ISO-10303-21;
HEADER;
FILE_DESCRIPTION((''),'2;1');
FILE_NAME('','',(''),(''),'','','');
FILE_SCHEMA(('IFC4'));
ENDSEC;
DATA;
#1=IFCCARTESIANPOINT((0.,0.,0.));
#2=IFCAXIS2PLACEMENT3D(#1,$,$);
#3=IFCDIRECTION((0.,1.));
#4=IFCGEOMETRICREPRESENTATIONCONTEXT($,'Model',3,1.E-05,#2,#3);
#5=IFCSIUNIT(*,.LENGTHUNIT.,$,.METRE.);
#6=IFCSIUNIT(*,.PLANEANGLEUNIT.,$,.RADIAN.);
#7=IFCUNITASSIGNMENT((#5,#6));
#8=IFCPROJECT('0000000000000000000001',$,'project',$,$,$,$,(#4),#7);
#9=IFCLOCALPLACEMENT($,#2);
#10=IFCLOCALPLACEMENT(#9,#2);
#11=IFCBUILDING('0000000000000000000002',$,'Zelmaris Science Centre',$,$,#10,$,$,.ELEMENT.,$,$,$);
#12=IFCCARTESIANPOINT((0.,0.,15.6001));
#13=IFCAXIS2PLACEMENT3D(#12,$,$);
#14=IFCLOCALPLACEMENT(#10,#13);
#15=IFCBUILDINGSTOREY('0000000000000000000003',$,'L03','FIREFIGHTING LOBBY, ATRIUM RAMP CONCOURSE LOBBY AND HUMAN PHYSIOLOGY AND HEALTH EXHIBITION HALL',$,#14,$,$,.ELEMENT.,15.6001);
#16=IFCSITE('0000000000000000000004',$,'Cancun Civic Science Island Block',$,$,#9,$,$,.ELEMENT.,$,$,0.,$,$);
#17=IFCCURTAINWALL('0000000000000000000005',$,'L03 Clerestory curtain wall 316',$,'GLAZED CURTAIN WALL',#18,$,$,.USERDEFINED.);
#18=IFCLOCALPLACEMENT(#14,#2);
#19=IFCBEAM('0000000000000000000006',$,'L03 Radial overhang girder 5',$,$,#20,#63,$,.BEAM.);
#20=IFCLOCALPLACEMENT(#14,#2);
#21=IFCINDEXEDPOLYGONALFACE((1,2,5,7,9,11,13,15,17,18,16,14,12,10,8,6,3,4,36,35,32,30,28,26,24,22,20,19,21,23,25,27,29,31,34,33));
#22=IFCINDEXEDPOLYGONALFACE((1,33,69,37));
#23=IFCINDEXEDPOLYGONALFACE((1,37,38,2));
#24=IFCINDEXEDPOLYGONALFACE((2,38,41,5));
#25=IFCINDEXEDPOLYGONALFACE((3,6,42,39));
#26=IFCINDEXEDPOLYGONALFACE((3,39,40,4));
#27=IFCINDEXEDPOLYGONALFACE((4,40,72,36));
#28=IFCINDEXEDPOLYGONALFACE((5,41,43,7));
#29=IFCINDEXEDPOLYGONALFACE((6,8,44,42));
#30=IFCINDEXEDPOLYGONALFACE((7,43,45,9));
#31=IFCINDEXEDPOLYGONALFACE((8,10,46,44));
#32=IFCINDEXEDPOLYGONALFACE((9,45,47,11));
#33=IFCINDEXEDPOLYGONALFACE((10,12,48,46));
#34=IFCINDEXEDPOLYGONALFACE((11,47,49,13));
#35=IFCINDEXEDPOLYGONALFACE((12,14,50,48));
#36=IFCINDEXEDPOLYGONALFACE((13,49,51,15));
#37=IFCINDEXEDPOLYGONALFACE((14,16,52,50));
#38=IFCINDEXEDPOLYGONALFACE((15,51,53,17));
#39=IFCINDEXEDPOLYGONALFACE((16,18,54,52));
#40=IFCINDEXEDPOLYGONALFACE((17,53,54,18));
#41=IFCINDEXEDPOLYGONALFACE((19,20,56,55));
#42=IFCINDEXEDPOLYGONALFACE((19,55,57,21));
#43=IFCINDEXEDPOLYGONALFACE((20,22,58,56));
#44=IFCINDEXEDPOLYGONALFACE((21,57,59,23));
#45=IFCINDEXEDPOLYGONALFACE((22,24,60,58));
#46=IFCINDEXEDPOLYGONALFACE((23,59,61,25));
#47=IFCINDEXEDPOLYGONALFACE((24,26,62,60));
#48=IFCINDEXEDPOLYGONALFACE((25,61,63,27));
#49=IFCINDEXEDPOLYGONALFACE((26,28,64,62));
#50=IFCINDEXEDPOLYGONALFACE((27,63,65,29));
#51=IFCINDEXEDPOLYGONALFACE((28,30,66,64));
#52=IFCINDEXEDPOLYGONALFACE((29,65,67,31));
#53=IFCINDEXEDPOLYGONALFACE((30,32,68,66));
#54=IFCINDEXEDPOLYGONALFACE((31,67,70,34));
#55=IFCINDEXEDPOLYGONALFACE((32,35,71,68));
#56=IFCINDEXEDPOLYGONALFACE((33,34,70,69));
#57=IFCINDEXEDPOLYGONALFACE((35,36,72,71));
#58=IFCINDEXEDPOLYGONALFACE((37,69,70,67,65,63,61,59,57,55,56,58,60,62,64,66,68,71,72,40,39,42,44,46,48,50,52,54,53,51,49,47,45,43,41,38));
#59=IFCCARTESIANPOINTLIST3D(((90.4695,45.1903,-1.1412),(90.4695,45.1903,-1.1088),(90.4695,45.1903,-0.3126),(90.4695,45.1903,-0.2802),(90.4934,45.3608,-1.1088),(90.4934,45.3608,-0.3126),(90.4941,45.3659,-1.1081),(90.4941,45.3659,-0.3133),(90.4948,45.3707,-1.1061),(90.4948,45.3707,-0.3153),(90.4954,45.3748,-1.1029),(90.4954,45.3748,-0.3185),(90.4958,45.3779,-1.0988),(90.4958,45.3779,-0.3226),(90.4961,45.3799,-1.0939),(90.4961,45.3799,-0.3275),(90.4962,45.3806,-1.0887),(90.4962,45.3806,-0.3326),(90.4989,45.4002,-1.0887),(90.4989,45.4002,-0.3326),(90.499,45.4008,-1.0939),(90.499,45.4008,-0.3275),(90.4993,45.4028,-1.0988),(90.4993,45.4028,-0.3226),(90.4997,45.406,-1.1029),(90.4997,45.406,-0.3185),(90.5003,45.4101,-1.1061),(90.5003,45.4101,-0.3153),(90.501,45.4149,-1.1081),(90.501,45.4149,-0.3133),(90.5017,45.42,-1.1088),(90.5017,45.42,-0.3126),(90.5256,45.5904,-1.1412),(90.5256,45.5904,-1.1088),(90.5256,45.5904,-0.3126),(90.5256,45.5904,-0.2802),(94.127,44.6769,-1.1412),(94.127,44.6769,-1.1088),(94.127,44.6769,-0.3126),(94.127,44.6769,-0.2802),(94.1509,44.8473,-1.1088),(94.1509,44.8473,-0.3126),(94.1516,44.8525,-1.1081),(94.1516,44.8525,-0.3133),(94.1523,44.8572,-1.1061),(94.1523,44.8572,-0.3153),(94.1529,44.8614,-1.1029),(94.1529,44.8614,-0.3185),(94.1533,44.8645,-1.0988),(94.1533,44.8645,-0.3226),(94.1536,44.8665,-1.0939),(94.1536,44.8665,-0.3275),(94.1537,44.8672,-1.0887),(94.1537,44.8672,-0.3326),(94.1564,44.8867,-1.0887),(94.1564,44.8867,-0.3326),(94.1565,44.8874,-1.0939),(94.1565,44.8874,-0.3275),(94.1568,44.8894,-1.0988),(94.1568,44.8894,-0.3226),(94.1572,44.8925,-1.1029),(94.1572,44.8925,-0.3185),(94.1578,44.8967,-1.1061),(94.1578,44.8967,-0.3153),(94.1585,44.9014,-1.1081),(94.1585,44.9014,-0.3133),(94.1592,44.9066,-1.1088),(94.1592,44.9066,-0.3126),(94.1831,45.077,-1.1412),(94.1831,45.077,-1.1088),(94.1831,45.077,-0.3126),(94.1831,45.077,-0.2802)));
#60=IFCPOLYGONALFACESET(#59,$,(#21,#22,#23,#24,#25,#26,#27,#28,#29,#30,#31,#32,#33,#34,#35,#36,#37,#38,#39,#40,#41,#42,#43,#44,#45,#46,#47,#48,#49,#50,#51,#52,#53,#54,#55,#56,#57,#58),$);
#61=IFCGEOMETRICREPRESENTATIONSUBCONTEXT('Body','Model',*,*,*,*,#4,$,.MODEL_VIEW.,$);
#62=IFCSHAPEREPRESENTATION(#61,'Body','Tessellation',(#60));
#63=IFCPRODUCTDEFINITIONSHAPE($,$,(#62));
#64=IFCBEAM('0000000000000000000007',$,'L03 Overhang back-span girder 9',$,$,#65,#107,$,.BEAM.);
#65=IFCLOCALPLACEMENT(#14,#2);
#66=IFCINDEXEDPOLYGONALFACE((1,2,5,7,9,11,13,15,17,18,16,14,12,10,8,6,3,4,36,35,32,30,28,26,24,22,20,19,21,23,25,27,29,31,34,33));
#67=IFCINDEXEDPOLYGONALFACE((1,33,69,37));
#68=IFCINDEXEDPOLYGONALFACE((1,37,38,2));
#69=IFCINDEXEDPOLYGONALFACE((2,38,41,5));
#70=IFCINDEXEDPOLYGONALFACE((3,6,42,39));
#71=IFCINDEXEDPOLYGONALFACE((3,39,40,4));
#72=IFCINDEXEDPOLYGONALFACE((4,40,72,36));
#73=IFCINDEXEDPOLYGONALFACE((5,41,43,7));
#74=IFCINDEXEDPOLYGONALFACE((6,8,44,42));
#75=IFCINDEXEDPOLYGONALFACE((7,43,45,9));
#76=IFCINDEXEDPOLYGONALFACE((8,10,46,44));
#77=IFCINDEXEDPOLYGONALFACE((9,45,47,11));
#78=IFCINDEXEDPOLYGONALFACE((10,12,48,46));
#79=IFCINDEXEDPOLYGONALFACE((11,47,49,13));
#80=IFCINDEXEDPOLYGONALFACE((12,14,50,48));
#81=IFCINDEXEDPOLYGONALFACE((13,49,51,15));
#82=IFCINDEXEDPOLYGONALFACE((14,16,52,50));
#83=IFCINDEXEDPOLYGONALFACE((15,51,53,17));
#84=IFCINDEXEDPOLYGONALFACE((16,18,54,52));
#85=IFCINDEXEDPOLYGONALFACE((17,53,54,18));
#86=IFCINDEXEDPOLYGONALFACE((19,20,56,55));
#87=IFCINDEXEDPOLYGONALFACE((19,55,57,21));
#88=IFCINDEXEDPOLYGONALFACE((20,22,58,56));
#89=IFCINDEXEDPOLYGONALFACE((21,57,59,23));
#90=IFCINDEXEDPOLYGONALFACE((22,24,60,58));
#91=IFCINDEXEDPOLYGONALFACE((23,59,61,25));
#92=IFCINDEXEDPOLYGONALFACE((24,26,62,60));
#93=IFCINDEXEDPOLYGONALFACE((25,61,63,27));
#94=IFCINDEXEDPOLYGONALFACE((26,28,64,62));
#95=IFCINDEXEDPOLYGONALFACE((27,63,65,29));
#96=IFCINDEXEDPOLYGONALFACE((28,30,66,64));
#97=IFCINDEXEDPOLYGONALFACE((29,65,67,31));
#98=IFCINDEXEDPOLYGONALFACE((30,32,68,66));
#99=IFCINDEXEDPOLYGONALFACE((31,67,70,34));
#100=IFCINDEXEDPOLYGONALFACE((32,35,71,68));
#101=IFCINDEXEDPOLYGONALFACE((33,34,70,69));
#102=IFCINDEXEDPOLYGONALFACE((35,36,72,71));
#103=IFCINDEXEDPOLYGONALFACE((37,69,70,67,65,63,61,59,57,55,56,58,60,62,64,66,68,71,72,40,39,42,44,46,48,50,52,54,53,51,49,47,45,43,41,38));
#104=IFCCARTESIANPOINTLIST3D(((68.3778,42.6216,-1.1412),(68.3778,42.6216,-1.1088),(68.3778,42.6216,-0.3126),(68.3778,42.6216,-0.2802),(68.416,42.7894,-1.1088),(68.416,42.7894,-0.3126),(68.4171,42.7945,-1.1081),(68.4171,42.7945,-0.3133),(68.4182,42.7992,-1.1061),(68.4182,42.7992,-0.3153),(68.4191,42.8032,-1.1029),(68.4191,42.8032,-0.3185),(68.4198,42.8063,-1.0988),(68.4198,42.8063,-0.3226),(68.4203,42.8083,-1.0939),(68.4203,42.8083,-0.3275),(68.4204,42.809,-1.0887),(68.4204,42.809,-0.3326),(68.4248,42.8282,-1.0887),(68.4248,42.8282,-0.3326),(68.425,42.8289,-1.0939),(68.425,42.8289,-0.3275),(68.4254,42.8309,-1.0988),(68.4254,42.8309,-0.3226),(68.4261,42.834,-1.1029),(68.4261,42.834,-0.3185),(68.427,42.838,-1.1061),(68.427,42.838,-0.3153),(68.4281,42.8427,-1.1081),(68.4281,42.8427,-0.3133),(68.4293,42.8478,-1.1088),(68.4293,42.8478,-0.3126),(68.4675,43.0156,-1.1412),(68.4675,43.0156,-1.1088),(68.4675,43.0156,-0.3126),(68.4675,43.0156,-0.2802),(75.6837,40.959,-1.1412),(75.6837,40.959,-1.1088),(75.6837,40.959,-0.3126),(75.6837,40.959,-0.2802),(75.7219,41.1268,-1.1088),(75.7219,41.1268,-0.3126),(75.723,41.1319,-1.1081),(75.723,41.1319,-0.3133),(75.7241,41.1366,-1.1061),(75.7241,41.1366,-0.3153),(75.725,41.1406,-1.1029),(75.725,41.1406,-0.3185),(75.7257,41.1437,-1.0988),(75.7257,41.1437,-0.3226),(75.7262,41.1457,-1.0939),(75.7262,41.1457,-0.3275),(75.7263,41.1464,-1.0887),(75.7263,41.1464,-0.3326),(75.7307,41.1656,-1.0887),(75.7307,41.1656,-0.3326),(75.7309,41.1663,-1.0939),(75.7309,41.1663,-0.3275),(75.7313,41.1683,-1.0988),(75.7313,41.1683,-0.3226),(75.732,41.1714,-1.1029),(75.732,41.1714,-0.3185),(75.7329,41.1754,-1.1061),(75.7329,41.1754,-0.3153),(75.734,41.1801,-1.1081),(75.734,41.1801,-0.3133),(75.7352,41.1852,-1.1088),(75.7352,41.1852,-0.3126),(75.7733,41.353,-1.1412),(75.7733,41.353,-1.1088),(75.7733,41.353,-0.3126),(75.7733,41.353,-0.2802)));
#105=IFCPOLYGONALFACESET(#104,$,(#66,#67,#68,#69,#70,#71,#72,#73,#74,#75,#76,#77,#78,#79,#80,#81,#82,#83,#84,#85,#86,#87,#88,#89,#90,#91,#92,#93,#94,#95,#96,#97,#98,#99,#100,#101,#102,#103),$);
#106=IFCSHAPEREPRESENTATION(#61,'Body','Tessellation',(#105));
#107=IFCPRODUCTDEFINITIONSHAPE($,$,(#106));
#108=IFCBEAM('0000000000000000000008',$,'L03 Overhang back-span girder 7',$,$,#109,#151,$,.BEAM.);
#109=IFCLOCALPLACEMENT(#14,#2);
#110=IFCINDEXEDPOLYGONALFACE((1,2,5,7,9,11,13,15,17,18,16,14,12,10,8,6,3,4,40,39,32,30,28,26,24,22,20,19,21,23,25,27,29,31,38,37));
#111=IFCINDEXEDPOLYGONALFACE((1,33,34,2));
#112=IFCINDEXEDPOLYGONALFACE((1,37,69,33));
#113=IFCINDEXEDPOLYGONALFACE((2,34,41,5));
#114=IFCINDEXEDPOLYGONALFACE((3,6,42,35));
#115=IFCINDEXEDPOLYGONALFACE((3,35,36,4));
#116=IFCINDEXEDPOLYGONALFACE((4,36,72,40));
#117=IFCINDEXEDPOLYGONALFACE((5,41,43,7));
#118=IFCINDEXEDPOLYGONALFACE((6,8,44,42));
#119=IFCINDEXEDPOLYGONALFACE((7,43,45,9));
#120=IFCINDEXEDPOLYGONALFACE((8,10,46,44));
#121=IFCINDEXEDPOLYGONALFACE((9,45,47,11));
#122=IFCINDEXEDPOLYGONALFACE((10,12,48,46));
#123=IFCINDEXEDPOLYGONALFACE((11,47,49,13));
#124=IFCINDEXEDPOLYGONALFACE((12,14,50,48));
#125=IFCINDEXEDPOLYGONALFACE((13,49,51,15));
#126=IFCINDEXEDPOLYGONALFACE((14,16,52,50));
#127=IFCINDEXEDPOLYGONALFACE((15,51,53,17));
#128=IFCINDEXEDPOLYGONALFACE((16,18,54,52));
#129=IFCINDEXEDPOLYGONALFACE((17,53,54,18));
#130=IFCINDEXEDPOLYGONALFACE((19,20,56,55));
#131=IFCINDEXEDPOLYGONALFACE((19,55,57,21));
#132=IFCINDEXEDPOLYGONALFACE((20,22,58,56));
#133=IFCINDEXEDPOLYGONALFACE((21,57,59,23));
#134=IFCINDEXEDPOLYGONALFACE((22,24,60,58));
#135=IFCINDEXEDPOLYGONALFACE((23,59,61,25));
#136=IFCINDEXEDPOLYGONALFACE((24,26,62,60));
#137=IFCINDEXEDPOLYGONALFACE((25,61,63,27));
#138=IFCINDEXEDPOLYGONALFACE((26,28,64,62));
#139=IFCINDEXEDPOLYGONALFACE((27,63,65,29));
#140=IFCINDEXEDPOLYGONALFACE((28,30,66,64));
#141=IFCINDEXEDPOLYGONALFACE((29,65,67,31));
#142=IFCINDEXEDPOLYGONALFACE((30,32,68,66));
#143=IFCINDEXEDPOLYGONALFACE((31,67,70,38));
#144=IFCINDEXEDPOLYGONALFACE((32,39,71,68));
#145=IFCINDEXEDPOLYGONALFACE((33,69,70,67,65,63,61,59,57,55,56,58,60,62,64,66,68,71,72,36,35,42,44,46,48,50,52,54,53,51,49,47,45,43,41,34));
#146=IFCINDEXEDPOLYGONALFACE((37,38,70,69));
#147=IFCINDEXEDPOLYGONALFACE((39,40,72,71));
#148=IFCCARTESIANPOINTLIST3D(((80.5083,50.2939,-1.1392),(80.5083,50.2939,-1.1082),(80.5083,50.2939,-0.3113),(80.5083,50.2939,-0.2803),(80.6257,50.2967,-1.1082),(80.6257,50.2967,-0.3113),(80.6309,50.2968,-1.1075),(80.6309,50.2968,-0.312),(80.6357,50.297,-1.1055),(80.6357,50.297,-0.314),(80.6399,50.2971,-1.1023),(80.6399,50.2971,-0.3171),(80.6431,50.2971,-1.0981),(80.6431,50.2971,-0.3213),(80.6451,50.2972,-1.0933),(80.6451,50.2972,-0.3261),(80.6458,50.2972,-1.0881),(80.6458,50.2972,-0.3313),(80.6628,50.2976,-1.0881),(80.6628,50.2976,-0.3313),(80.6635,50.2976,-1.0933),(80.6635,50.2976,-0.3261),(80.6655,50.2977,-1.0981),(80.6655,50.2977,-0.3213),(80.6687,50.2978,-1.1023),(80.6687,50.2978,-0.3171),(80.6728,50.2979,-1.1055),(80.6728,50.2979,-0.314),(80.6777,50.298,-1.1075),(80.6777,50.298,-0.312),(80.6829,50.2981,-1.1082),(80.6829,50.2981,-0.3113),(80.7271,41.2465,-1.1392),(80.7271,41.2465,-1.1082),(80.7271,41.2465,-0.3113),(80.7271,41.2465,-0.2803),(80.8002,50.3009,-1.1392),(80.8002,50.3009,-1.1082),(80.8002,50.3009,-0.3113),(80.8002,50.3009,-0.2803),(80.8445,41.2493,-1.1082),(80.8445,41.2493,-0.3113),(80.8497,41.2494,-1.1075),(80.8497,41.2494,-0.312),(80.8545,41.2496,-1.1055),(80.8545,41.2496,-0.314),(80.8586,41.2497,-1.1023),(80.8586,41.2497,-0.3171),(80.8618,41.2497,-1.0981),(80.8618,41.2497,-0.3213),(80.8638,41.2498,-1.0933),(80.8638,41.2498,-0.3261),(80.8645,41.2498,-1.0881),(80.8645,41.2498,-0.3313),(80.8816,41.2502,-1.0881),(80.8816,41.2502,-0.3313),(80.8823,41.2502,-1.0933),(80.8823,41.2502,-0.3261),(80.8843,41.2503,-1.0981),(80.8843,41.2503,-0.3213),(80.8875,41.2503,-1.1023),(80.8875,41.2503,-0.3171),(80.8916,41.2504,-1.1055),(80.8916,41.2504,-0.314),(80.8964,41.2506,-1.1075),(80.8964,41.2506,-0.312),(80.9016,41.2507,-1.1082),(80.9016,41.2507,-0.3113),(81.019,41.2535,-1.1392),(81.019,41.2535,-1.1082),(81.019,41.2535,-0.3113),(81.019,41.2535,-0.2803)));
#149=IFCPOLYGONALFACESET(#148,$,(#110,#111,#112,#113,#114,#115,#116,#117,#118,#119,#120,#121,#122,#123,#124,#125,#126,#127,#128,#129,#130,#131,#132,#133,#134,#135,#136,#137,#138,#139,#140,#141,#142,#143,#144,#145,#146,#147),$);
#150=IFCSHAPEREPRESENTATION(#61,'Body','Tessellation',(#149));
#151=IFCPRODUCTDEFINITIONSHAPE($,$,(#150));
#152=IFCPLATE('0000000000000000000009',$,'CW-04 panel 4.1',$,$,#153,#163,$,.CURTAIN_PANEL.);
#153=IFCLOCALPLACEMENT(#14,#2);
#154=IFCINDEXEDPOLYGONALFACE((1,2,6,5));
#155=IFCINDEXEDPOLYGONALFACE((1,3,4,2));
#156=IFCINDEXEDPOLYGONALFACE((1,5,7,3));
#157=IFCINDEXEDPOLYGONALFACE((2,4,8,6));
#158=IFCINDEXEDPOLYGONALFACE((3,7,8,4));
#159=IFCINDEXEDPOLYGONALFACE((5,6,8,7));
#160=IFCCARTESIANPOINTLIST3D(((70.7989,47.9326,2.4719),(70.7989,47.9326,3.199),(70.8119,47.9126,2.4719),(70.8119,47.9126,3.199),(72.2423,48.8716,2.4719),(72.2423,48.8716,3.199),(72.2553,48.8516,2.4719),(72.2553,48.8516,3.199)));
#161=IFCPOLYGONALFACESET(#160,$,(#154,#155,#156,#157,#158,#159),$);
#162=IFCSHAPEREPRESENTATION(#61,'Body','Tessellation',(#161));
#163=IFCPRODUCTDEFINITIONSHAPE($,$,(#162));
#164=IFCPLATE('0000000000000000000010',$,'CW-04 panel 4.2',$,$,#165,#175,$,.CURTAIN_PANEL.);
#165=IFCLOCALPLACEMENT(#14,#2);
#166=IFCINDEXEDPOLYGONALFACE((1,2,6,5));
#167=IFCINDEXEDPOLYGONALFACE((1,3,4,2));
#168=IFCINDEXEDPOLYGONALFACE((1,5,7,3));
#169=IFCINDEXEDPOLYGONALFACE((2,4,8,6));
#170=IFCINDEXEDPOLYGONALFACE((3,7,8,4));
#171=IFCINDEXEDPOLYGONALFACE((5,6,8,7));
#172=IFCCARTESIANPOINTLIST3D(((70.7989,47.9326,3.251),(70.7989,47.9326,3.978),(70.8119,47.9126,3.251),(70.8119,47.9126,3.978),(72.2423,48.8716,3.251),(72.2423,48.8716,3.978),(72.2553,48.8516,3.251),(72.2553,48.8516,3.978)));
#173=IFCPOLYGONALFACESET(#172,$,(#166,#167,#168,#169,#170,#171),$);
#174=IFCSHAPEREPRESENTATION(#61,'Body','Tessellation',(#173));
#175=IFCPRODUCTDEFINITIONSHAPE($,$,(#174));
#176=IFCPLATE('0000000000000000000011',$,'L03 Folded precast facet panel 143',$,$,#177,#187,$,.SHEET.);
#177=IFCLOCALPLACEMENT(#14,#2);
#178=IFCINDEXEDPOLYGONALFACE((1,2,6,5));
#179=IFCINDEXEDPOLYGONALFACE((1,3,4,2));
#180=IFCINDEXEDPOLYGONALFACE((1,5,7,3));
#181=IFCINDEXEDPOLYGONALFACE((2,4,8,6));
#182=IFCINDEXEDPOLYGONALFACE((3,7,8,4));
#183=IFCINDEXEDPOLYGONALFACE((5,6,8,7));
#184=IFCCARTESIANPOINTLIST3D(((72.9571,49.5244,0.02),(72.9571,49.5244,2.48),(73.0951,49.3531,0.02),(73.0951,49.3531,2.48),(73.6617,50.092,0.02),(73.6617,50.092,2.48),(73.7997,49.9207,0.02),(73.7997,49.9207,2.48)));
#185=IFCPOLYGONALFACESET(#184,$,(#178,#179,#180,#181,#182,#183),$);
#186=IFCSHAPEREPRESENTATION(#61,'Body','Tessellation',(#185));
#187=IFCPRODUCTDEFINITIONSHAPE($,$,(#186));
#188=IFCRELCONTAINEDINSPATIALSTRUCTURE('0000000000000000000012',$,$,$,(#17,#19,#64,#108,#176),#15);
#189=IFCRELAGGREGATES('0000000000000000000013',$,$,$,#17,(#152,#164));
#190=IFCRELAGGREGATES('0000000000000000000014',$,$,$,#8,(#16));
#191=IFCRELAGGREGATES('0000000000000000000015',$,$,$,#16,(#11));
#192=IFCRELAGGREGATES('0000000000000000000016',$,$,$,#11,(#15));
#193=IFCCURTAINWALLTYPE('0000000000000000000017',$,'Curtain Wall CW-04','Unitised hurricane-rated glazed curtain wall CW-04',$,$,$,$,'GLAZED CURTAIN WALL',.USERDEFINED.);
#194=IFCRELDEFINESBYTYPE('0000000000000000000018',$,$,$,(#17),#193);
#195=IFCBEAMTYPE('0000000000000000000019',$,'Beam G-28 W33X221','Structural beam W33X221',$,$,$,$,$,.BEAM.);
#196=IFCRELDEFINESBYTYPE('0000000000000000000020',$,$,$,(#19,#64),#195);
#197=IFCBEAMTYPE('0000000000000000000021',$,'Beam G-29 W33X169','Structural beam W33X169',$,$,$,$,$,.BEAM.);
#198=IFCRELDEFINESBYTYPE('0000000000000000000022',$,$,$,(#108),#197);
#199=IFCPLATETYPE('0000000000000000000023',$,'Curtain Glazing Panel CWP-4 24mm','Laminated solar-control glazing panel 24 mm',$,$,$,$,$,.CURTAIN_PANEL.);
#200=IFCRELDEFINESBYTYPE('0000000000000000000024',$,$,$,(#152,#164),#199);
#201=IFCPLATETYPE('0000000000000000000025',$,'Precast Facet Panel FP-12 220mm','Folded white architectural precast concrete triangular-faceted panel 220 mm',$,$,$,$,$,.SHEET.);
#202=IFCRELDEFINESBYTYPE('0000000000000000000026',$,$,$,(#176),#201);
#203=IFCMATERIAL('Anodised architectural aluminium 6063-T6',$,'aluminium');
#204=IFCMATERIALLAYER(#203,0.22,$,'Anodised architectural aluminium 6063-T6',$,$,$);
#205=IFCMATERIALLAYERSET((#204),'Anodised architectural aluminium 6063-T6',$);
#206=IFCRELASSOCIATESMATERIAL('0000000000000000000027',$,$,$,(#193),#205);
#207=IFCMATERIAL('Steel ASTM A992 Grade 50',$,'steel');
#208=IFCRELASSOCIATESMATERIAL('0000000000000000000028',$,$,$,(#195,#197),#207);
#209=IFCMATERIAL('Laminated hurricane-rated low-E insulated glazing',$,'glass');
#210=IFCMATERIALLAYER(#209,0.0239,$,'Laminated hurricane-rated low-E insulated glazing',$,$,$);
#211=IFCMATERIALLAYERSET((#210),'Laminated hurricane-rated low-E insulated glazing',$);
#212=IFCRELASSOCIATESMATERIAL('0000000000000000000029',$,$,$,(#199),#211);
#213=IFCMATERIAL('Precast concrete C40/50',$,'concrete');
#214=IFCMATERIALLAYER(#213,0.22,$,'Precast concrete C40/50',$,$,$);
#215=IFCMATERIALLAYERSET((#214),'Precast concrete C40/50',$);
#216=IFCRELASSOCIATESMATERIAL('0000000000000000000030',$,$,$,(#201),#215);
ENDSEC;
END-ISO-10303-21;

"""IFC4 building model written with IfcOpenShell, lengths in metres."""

from ifc_helpers import new_model, si_unit, direction, frame, frame_2d, origin, origin_2d, place, context, subcontext, project, spatial, rectangle, i_section, extrude, material, layer, layer_set, material_profile, profile_set, type_object, element, aggregate, save


model = new_model("IFC4")

# Units and contexts
model_context = context("Model", 3, precision=1e-05, world=origin(), true_north=direction((0.0, 1.0)))
body_context = subcontext(model_context, "Body", "Model", "MODEL_VIEW")
ifc_project = project(units=[si_unit("LENGTHUNIT", "METRE"), si_unit("PLANEANGLEUNIT", "RADIAN")], contexts=[model_context])

# Site, building, storey
site_placement = place(None, origin())
site = spatial("IfcSite", under=ifc_project, at=site_placement, Name="Cancun Civic Science Island Block", CompositionType="ELEMENT", RefElevation=0.0)
building_placement = place(site_placement, origin())
building = spatial("IfcBuilding", under=site, at=building_placement, Name="Zelmaris Science Centre", CompositionType="ELEMENT")
storey_placement = place(building_placement, frame((0.0, 0.0, 15.6001)))
storey = spatial("IfcBuildingStorey", under=building, at=storey_placement, Name="L03", Description="FIREFIGHTING LOBBY, ATRIUM RAMP CONCOURSE LOBBY AND HUMAN PHYSIOLOGY AND HEALTH EXHIBITION HALL", CompositionType="ELEMENT", Elevation=15.6001)

# Shared definitions
ifc_material_1 = material(Name="Steel ASTM A992 Grade 50", Category="steel")

# Curtain wall
ifc_material_2 = material(Name="Anodised architectural aluminium 6063-T6", Category="aluminium")
ifc_layer_1 = layer(ifc_material_2, 0.22, Name="Anodised architectural aluminium 6063-T6")
ifc_layer_set_1 = layer_set([ifc_layer_1], Name="Anodised architectural aluminium 6063-T6")
curtain_wall_type = type_object("IfcCurtainWallType", Name="Curtain Wall CW-04", Description="Unitised hurricane-rated glazed curtain wall CW-04", ElementType="GLAZED CURTAIN WALL", PredefinedType="USERDEFINED", material=ifc_layer_set_1)
curtain_wall_placement = place(storey_placement, origin())
curtain_wall = element("IfcCurtainWall", 1, at=curtain_wall_placement, inside=storey, type_object=curtain_wall_type, Name="L03 Clerestory curtain wall 316", ObjectType="GLAZED CURTAIN WALL", PredefinedType="USERDEFINED")

# Beams
ifc_material_profile_1 = material_profile(ifc_material_1, i_section(OverallWidth=0.4041, OverallDepth=0.8611, WebThickness=0.0198, FlangeThickness=0.0325, FilletRadius=0.02, at=origin_2d()), Name="W33X221")
ifc_profile_set_1 = profile_set([ifc_material_profile_1], Name="Steel ASTM A992 Grade 50")
beam_type_1 = type_object("IfcBeamType", Name="Beam G-28 W33X221", Description="Structural beam W33X221", PredefinedType="BEAM", material=ifc_profile_set_1)
beam_1_placement = place(storey_placement, frame((90.4976, 45.3904, -0.7107), z_axis=(0.99029, -0.139015, 0.0), x_axis=(0.139015, 0.99029, 0.0)))
element("IfcBeam", 2, at=beam_1_placement, inside=storey, type_object=beam_type_1, Name="L03 Radial overhang girder 5", PredefinedType="BEAM", context=body_context, shape_type="SweptSolid", body=[
    extrude(i_section(OverallWidth=0.4041, OverallDepth=0.8611, WebThickness=0.0198, FlangeThickness=0.0325, FilletRadius=0.02, at=origin_2d()), origin(), (0.0, 0.0, 1.0), 3.6934),
])
beam_2_placement = place(storey_placement, frame((75.7285, 41.156, -0.7107), z_axis=(-0.97507, 0.221896, 0.0), x_axis=(-0.221896, -0.97507, 0.0)))
element("IfcBeam", 3, at=beam_2_placement, inside=storey, type_object=beam_type_1, Name="L03 Overhang back-span girder 9", PredefinedType="BEAM", context=body_context, shape_type="SweptSolid", body=[
    extrude(i_section(OverallWidth=0.4041, OverallDepth=0.8611, WebThickness=0.0198, FlangeThickness=0.0325, FilletRadius=0.02, at=origin_2d()), origin(), (0.0, 0.0, 1.0), 7.4927),
])
ifc_material_profile_2 = material_profile(ifc_material_1, i_section(OverallWidth=0.292, OverallDepth=0.8589, WebThickness=0.0171, FlangeThickness=0.031, FilletRadius=0.02, at=origin_2d()), Name="W33X169")
ifc_profile_set_2 = profile_set([ifc_material_profile_2], Name="Steel ASTM A992 Grade 50")
beam_type_2 = type_object("IfcBeamType", Name="Beam G-29 W33X169", Description="Structural beam W33X169", PredefinedType="BEAM", material=ifc_profile_set_2)
beam_3_placement = place(storey_placement, frame((80.873, 41.25, -0.7097), z_axis=(-0.024171, 0.999708, 0.0), x_axis=(-0.999708, -0.024171, 0.0)))
element("IfcBeam", 4, at=beam_3_placement, inside=storey, type_object=beam_type_2, Name="L03 Overhang back-span girder 7", PredefinedType="BEAM", context=body_context, shape_type="SweptSolid", body=[
    extrude(i_section(OverallWidth=0.292, OverallDepth=0.8589, WebThickness=0.0171, FlangeThickness=0.031, FilletRadius=0.02, at=origin_2d()), origin(), (0.0, 0.0, 1.0), 9.05),
])

# Plates
ifc_material_3 = material(Name="Laminated hurricane-rated low-E insulated glazing", Category="glass")
ifc_layer_2 = layer(ifc_material_3, 0.0239, Name="Laminated hurricane-rated low-E insulated glazing")
ifc_layer_set_2 = layer_set([ifc_layer_2], Name="Laminated hurricane-rated low-E insulated glazing")
plate_type_1 = type_object("IfcPlateType", Name="Curtain Glazing Panel CWP-4 24mm", Description="Laminated solar-control glazing panel 24 mm", PredefinedType="CURTAIN_PANEL", material=ifc_layer_set_2)
plate_1_placement = place(storey_placement, frame((71.5271, 48.3921, 2.4719), z_axis=(0.0, 0.0, 1.0), x_axis=(0.838228, 0.545319, 0.0)))
plate_1 = element("IfcPlate", 5, at=plate_1_placement, type_object=plate_type_1, Name="CW-04 panel 4.1", PredefinedType="CURTAIN_PANEL", context=body_context, shape_type="SweptSolid", body=[
    extrude(rectangle(XDim=1.7219, YDim=0.0239, at=origin_2d()), origin(), (0.0, 0.0, 1.0), 0.7271),
])
plate_2_placement = place(storey_placement, frame((71.5271, 48.3921, 3.251), z_axis=(0.0, 0.0, 1.0), x_axis=(0.838228, 0.545319, 0.0)))
plate_2 = element("IfcPlate", 6, at=plate_2_placement, type_object=plate_type_1, Name="CW-04 panel 4.2", PredefinedType="CURTAIN_PANEL", context=body_context, shape_type="SweptSolid", body=[
    extrude(rectangle(XDim=1.7219, YDim=0.0239, at=origin_2d()), origin(), (0.0, 0.0, 1.0), 0.7271),
])
aggregate(curtain_wall, [plate_1, plate_2])
ifc_material_4 = material(Name="Precast concrete C40/50", Category="concrete")
ifc_layer_3 = layer(ifc_material_4, 0.22, Name="Precast concrete C40/50")
ifc_layer_set_3 = layer_set([ifc_layer_3], Name="Precast concrete C40/50")
plate_type_2 = type_object("IfcPlateType", Name="Precast Facet Panel FP-12 220mm", Description="Folded white architectural precast concrete triangular-faceted panel 220 mm", PredefinedType="SHEET", material=ifc_layer_set_3)
plate_3_placement = place(storey_placement, frame((73.0261, 49.4387, 0.02), z_axis=(0.0, 0.0, 1.0), x_axis=(0.778732, 0.627357, 0.0)))
element("IfcPlate", 7, at=plate_3_placement, inside=storey, type_object=plate_type_2, Name="L03 Folded precast facet panel 143", PredefinedType="SHEET", context=body_context, shape_type="SweptSolid", body=[
    extrude(rectangle(XDim=0.9048, YDim=0.22, at=frame_2d((0.4524, 0.0))), origin(), (0.0, 0.0, 1.0), 2.46),
])

save(model, "model.ifc")
